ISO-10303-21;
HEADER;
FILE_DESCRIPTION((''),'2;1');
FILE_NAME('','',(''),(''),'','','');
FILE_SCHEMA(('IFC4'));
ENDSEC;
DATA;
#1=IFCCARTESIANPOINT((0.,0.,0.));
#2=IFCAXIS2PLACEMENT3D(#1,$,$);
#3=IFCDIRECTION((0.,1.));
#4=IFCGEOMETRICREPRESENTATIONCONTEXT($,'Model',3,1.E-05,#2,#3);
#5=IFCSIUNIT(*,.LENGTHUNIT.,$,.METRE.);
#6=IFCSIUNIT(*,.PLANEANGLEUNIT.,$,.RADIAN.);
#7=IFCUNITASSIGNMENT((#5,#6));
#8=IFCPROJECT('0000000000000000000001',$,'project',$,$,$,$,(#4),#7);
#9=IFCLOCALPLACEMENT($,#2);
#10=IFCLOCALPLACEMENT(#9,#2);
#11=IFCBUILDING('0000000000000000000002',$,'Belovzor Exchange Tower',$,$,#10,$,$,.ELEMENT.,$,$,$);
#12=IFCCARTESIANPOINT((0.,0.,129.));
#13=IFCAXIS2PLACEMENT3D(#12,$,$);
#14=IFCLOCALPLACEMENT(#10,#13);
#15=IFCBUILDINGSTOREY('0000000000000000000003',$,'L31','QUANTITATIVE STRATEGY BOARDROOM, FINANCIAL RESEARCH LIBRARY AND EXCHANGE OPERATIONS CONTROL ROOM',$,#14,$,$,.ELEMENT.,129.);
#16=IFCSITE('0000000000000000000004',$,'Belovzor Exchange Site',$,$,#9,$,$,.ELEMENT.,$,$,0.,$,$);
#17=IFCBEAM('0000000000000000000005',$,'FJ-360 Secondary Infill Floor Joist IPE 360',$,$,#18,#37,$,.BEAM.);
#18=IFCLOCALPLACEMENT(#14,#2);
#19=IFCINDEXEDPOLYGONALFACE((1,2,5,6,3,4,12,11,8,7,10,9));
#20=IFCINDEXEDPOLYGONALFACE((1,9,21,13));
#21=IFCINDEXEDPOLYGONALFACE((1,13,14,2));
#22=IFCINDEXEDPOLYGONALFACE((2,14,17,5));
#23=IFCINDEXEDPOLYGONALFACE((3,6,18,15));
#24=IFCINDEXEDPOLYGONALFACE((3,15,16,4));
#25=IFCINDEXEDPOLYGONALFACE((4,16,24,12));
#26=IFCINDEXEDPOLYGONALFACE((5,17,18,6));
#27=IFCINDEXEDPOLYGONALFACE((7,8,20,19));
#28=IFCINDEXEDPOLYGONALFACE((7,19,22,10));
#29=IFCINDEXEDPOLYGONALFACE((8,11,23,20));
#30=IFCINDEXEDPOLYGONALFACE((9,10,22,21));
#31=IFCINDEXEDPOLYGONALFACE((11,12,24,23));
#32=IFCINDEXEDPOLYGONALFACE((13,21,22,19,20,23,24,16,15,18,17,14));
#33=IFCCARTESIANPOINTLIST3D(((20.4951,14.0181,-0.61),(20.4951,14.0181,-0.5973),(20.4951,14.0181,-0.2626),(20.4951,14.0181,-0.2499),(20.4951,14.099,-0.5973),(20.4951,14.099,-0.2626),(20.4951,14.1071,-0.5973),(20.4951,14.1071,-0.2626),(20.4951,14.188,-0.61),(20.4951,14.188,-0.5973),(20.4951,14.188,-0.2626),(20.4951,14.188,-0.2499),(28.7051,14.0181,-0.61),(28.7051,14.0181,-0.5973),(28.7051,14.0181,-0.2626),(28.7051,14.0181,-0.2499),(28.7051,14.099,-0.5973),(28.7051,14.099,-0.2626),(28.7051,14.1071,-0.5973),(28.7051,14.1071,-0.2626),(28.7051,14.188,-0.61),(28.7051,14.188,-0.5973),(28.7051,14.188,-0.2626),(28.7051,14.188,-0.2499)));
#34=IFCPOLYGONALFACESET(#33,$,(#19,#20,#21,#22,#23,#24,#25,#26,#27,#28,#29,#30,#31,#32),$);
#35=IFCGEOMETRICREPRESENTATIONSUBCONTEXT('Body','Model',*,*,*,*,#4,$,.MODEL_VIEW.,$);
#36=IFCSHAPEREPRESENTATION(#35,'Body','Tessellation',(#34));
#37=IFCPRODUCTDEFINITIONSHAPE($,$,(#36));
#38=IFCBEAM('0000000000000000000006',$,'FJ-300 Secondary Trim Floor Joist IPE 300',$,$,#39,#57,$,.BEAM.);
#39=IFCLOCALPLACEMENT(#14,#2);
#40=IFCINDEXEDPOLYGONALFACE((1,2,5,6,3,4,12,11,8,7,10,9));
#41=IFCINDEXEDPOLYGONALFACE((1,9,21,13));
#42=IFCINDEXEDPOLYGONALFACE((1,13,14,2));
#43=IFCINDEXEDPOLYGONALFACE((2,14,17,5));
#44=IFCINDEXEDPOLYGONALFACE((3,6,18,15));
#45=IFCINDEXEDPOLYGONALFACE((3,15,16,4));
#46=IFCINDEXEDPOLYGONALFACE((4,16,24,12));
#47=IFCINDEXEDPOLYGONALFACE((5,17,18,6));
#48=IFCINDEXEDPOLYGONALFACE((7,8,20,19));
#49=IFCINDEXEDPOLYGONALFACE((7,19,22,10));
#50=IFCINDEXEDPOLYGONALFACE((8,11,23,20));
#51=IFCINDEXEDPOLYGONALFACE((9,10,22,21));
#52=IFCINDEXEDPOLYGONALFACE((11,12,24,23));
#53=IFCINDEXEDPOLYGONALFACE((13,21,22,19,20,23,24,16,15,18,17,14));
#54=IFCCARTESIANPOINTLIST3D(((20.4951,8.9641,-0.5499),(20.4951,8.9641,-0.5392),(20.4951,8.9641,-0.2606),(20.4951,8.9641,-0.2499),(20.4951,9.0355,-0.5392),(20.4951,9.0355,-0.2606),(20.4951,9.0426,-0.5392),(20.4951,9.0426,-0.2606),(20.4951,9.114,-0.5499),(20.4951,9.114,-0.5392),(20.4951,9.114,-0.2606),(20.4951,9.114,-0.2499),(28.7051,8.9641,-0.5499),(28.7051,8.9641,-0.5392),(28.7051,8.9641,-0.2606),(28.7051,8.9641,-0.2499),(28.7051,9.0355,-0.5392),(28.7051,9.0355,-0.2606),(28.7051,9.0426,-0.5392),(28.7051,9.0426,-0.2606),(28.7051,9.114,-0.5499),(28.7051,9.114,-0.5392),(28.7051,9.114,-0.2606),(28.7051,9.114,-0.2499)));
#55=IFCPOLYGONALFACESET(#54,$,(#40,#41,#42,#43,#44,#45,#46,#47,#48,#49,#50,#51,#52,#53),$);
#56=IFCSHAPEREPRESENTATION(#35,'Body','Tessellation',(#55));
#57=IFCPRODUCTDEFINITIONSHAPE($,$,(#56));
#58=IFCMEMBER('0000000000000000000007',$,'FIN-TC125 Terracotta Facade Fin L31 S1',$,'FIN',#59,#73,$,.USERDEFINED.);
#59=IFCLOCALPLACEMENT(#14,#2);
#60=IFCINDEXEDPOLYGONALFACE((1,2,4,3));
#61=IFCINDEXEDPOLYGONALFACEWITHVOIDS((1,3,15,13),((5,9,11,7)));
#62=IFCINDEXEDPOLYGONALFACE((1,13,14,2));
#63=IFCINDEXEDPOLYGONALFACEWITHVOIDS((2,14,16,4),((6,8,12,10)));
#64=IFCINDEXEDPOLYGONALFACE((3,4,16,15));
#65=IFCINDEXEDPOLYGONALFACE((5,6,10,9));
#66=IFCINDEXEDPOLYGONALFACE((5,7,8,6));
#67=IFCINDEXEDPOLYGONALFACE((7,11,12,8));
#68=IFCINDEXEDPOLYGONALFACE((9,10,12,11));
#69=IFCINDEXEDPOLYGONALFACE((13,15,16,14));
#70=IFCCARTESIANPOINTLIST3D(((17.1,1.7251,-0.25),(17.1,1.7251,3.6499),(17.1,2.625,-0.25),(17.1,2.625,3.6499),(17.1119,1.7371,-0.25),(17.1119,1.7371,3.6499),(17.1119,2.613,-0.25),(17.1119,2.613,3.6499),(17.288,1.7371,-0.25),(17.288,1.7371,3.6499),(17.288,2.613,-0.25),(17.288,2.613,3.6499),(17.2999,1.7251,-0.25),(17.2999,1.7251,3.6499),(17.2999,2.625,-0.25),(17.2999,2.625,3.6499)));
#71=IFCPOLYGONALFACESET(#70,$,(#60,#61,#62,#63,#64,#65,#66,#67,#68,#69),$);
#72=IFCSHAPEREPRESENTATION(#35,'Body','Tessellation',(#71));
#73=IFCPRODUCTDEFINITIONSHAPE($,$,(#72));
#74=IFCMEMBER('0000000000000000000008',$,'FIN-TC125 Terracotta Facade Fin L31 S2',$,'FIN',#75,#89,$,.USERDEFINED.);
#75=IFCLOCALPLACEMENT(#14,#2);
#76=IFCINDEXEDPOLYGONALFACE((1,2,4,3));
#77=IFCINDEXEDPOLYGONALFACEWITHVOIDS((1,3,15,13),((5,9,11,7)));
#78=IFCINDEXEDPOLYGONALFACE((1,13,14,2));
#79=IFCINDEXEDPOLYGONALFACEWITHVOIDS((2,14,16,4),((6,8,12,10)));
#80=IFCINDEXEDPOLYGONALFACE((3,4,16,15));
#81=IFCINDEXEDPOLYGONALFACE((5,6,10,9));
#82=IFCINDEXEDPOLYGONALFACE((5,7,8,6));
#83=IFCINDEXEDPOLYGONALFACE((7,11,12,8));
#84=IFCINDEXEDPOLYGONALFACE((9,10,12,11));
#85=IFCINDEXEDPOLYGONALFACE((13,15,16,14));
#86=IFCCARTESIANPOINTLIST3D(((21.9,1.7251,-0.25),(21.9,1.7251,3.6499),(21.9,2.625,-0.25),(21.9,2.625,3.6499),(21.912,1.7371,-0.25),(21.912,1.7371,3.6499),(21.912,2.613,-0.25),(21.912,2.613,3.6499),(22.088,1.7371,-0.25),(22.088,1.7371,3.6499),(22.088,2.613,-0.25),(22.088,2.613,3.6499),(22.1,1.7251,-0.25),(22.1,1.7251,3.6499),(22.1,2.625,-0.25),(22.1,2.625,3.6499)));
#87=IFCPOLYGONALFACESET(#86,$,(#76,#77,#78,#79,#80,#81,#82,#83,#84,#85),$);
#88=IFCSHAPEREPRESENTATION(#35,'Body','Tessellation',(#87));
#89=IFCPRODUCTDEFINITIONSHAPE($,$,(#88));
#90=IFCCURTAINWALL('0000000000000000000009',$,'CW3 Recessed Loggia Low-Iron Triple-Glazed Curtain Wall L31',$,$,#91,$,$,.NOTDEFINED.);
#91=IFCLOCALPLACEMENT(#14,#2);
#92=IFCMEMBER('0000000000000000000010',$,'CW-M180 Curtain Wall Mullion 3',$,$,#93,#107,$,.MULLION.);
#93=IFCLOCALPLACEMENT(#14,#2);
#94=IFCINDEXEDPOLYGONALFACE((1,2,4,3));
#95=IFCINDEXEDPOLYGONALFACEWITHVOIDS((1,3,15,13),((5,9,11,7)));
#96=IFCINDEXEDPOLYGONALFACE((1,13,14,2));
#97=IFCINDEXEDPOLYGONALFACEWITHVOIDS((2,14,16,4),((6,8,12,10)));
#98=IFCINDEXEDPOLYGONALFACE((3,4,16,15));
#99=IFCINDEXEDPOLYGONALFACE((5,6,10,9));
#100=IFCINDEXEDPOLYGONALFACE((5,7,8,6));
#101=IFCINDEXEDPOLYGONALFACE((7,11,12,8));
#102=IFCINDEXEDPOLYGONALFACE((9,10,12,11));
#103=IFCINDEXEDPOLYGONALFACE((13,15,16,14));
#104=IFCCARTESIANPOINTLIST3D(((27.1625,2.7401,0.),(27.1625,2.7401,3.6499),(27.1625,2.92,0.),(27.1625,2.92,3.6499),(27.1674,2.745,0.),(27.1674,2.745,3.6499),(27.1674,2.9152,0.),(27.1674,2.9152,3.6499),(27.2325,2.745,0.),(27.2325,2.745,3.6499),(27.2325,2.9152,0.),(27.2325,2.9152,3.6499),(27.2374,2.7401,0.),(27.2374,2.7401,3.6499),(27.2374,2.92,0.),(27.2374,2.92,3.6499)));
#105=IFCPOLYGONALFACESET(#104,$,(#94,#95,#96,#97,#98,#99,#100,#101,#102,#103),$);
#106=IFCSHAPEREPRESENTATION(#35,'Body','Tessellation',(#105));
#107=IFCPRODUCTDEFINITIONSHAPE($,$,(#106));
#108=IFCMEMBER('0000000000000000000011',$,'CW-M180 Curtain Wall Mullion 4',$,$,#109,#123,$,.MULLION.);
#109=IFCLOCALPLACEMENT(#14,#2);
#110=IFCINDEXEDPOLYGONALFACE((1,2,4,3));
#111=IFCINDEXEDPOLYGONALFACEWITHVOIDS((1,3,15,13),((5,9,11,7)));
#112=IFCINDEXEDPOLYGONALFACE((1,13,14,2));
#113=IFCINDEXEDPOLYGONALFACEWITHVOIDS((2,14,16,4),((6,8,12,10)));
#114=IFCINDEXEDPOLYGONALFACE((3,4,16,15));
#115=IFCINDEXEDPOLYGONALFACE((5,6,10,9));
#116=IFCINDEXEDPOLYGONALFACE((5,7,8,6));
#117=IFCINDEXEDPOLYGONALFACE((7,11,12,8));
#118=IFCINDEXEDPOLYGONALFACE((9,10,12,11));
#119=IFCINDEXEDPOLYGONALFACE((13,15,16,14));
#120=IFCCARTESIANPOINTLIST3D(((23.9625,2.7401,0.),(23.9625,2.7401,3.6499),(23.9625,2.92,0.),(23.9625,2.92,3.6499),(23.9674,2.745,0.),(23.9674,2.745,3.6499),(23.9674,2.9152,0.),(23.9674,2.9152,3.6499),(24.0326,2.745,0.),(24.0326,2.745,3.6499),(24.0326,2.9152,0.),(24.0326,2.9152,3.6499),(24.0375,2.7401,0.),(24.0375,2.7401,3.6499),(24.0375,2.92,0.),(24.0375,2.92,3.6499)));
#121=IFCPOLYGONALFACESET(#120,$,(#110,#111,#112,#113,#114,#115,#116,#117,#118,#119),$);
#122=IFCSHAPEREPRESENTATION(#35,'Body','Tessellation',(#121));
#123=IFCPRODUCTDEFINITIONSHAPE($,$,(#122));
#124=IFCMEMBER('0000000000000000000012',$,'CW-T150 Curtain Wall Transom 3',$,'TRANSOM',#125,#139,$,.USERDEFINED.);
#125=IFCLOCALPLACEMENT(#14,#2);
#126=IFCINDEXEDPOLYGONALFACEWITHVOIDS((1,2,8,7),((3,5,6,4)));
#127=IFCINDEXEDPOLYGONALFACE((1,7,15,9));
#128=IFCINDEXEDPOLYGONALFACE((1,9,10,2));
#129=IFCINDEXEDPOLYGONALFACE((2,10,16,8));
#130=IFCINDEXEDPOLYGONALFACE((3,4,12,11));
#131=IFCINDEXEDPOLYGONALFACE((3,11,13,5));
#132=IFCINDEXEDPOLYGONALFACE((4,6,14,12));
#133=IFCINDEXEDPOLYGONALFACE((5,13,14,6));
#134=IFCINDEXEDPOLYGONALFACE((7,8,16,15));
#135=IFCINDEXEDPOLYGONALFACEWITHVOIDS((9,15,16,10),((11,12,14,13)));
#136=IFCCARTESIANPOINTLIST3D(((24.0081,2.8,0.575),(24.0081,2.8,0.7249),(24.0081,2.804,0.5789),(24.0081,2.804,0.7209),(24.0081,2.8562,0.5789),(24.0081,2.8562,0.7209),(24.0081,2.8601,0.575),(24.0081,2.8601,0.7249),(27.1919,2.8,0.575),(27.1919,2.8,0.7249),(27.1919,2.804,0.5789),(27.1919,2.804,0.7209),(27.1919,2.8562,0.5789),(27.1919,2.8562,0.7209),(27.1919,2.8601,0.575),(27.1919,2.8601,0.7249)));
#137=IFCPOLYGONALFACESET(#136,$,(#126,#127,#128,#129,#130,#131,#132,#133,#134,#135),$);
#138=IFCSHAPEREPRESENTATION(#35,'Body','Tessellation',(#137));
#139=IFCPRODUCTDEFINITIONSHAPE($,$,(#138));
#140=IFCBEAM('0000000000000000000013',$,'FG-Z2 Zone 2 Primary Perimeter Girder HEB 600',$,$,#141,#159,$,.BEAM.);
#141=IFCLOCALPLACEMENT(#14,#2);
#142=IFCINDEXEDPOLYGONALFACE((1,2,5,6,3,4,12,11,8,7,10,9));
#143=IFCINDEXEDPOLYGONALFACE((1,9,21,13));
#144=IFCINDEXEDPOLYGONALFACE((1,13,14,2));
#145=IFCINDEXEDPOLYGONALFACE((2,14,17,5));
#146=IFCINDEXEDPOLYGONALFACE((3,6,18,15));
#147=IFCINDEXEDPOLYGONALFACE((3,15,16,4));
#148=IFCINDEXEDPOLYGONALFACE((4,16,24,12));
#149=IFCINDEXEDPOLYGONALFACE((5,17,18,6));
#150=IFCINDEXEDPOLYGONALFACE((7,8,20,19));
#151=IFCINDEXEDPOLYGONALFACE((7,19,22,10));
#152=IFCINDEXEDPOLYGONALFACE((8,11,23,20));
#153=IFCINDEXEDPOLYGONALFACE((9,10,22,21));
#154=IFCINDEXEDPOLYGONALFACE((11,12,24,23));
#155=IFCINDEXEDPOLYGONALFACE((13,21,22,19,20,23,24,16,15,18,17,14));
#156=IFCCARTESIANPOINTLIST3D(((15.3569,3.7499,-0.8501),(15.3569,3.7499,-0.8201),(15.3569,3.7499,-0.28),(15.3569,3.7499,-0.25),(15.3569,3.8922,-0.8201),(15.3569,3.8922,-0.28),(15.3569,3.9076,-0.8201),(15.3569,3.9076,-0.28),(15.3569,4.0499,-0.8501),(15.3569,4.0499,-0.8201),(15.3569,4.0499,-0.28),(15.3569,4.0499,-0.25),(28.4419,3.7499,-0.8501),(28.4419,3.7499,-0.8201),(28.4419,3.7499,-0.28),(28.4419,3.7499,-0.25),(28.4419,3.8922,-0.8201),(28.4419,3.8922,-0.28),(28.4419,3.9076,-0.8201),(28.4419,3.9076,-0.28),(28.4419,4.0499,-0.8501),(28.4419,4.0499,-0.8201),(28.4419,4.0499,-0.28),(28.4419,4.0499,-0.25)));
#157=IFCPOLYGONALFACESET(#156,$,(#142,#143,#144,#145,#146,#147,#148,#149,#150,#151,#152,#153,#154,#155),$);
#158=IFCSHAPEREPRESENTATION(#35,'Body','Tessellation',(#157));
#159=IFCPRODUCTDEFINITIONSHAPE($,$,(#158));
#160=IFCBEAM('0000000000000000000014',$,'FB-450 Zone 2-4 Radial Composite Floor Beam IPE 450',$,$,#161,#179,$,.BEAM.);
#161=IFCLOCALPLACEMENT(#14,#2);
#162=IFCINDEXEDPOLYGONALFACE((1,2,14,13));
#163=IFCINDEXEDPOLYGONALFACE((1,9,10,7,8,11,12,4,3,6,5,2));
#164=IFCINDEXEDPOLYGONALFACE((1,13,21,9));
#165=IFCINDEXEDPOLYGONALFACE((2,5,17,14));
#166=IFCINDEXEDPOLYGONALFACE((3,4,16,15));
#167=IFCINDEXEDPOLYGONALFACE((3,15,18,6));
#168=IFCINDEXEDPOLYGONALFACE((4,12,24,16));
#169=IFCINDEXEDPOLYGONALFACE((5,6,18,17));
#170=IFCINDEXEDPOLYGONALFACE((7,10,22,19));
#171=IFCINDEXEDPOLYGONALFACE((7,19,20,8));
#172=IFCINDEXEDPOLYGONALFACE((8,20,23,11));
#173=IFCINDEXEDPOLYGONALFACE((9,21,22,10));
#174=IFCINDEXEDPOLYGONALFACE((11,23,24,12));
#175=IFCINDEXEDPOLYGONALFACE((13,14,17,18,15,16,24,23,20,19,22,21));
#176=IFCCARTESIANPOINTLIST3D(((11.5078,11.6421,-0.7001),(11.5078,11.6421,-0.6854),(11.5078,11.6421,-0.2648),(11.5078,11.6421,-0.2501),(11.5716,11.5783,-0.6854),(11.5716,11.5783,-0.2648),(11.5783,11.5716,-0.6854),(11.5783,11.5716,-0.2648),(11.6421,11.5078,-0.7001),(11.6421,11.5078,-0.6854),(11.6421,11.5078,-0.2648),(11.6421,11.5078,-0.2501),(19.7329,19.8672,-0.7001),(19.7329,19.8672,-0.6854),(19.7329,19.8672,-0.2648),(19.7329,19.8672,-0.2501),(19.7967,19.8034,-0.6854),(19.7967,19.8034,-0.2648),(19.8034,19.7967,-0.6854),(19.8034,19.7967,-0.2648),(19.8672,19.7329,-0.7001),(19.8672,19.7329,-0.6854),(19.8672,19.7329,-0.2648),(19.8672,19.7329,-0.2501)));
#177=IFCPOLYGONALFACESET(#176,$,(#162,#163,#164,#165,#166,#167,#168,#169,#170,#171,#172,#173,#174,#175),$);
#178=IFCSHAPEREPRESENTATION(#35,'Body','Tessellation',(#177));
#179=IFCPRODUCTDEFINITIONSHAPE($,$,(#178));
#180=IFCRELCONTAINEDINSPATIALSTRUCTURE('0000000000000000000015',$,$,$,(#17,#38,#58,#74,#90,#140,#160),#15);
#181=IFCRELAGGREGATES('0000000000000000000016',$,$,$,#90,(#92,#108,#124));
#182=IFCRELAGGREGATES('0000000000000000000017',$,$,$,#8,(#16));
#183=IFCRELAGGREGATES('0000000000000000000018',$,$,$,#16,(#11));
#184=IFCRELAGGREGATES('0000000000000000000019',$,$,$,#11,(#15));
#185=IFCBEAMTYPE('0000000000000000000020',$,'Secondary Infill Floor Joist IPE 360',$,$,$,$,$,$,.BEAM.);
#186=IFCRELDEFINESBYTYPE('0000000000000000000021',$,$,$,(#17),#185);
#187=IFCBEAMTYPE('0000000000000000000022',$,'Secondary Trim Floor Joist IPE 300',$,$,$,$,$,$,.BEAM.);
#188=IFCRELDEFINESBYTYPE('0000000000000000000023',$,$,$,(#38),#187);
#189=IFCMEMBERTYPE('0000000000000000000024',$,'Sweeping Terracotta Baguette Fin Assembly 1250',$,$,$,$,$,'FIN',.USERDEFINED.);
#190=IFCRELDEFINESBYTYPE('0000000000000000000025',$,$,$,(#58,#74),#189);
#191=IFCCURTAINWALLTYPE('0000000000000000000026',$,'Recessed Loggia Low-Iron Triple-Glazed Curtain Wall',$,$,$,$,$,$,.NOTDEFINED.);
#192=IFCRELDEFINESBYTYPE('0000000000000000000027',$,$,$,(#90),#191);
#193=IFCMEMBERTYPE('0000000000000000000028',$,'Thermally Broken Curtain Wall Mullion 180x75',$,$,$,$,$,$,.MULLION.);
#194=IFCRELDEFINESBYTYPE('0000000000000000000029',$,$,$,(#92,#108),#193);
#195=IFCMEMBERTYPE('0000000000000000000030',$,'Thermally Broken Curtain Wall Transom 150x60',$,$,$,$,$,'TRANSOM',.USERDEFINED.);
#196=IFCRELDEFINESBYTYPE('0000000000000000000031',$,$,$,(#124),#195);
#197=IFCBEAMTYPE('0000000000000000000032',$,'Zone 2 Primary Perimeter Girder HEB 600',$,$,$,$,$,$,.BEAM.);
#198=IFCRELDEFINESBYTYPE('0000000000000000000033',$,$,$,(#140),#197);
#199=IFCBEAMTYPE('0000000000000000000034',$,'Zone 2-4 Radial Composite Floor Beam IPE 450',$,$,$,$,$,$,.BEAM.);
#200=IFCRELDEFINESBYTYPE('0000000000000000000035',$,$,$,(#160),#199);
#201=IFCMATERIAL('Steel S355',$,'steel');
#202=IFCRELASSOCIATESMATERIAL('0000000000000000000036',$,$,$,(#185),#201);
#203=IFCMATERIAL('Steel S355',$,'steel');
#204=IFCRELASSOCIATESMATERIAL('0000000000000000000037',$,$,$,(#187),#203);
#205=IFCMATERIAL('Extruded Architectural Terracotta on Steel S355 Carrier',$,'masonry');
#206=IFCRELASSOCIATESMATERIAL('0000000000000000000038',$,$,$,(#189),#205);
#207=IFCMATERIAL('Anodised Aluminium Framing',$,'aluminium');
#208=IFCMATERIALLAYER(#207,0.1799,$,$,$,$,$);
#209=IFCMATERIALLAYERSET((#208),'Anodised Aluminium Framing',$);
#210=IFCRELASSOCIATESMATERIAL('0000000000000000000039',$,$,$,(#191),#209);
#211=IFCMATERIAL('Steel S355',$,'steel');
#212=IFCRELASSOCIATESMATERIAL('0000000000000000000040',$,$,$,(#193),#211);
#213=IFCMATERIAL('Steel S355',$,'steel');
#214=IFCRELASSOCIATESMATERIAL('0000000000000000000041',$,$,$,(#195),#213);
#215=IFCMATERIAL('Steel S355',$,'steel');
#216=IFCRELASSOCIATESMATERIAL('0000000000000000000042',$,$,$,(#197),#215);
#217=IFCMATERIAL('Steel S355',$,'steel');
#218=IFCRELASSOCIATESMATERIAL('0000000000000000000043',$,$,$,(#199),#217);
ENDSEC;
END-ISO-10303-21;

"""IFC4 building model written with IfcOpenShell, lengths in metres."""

from ifc_helpers import new_model, si_unit, direction, frame, origin, origin_2d, place, context, subcontext, project, spatial, hollow_rectangle, i_section, extrude, material, layer, layer_set, material_profile, profile_set, type_object, element, aggregate, save


model = new_model("IFC4")

# Units and contexts
model_context = context("Model", 3, precision=1e-05, world=origin(), true_north=direction((0.0, 1.0)))
body_context = subcontext(model_context, "Body", "Model", "MODEL_VIEW")
ifc_project = project(units=[si_unit("LENGTHUNIT", "METRE"), si_unit("PLANEANGLEUNIT", "RADIAN")], contexts=[model_context])

# Site, building, storey
site_placement = place(None, origin())
site = spatial("IfcSite", under=ifc_project, at=site_placement, Name="Belovzor Exchange Site", CompositionType="ELEMENT", RefElevation=0.0)
building_placement = place(site_placement, origin())
building = spatial("IfcBuilding", under=site, at=building_placement, Name="Belovzor Exchange Tower", CompositionType="ELEMENT")
storey_placement = place(building_placement, frame((0.0, 0.0, 129.0)))
storey = spatial("IfcBuildingStorey", under=building, at=storey_placement, Name="L31", Description="QUANTITATIVE STRATEGY BOARDROOM, FINANCIAL RESEARCH LIBRARY AND EXCHANGE OPERATIONS CONTROL ROOM", CompositionType="ELEMENT", Elevation=129.0)

# Beams
ifc_material_1 = material(Name="Steel S355", Category="steel")
ifc_material_profile_1 = material_profile(ifc_material_1, i_section(OverallWidth=0.1699, OverallDepth=0.3601, WebThickness=0.0081, FlangeThickness=0.0127, at=origin_2d()))
ifc_profile_set_1 = profile_set([ifc_material_profile_1], Name="Steel S355")
beam_type_1 = type_object("IfcBeamType", Name="Secondary Infill Floor Joist IPE 360", PredefinedType="BEAM", material=ifc_profile_set_1)
beam_1_placement = place(storey_placement, frame((20.4951, 14.103, -0.4299), z_axis=(1.0, 0.0, 0.0), x_axis=(0.0, 1.0, 0.0)))
element("IfcBeam", 1, at=beam_1_placement, inside=storey, type_object=beam_type_1, Name="FJ-360 Secondary Infill Floor Joist IPE 360", PredefinedType="BEAM", context=body_context, shape_type="SweptSolid", body=[
    extrude(i_section(OverallWidth=0.1699, OverallDepth=0.3601, WebThickness=0.0081, FlangeThickness=0.0127, at=origin_2d()), origin(), (0.0, 0.0, 1.0), 8.21),
])
ifc_material_2 = material(Name="Steel S355", Category="steel")
ifc_material_profile_2 = material_profile(ifc_material_2, i_section(OverallWidth=0.1499, OverallDepth=0.3, WebThickness=0.0071, FlangeThickness=0.0107, at=origin_2d()))
ifc_profile_set_2 = profile_set([ifc_material_profile_2], Name="Steel S355")
beam_type_2 = type_object("IfcBeamType", Name="Secondary Trim Floor Joist IPE 300", PredefinedType="BEAM", material=ifc_profile_set_2)
beam_2_placement = place(storey_placement, frame((20.4951, 9.0391, -0.3999), z_axis=(1.0, 0.0, 0.0), x_axis=(0.0, 1.0, 0.0)))
element("IfcBeam", 2, at=beam_2_placement, inside=storey, type_object=beam_type_2, Name="FJ-300 Secondary Trim Floor Joist IPE 300", PredefinedType="BEAM", context=body_context, shape_type="SweptSolid", body=[
    extrude(i_section(OverallWidth=0.1499, OverallDepth=0.3, WebThickness=0.0071, FlangeThickness=0.0107, at=origin_2d()), origin(), (0.0, 0.0, 1.0), 8.21),
])

# Members
ifc_material_3 = material(Name="Extruded Architectural Terracotta on Steel S355 Carrier", Category="masonry")
ifc_material_profile_3 = material_profile(ifc_material_3, hollow_rectangle(XDim=0.2, YDim=0.8999, WallThickness=0.012, at=origin_2d()))
ifc_profile_set_3 = profile_set([ifc_material_profile_3], Name="Extruded Architectural Terracotta on Steel S355 Carrier")
member_type_1 = type_object("IfcMemberType", Name="Sweeping Terracotta Baguette Fin Assembly 1250", ElementType="FIN", PredefinedType="USERDEFINED", material=ifc_profile_set_3)
for number, where, z_axis, x_axis, name in (
    (3, (17.2, 2.175, -0.25), (0.0, 0.0, 1.0), (1.0, 0.0, 0.0), "FIN-TC125 Terracotta Facade Fin L31 S1"),
    (4, (22.0, 2.175, -0.25), (0.0, 0.0, 1.0), (1.0, 0.0, 0.0), "FIN-TC125 Terracotta Facade Fin L31 S2"),
):
    element("IfcMember", number, at=place(storey_placement, frame(where, z_axis=z_axis, x_axis=x_axis)), inside=storey, type_object=member_type_1, Name=name, ObjectType="FIN", PredefinedType="USERDEFINED", context=body_context, shape_type="SweptSolid", body=[
        extrude(hollow_rectangle(XDim=0.2, YDim=0.8999, WallThickness=0.012, at=origin_2d()), origin(), (0.0, 0.0, 1.0), 3.8999),
    ])

# Curtain wall, members
ifc_material_4 = material(Name="Anodised Aluminium Framing", Category="aluminium")
ifc_layer_1 = layer(ifc_material_4, 0.1799)
ifc_layer_set_1 = layer_set([ifc_layer_1], Name="Anodised Aluminium Framing")
curtain_wall_type = type_object("IfcCurtainWallType", Name="Recessed Loggia Low-Iron Triple-Glazed Curtain Wall", PredefinedType="NOTDEFINED", material=ifc_layer_set_1)
curtain_wall_placement = place(storey_placement, origin())
curtain_wall = element("IfcCurtainWall", 5, at=curtain_wall_placement, inside=storey, type_object=curtain_wall_type, Name="CW3 Recessed Loggia Low-Iron Triple-Glazed Curtain Wall L31", PredefinedType="NOTDEFINED")
ifc_material_5 = material(Name="Steel S355", Category="steel")
ifc_material_profile_4 = material_profile(ifc_material_5, hollow_rectangle(XDim=0.075, YDim=0.1799, WallThickness=0.0049, at=origin_2d()))
ifc_profile_set_4 = profile_set([ifc_material_profile_4], Name="Steel S355")
member_type_2 = type_object("IfcMemberType", Name="Thermally Broken Curtain Wall Mullion 180x75", PredefinedType="MULLION", material=ifc_profile_set_4)
member_1_placement = place(storey_placement, frame((27.2, 2.8301, 0.0), z_axis=(0.0, 0.0, 1.0), x_axis=(-1.0, 0.0, 0.0)))
member_1 = element("IfcMember", 6, at=member_1_placement, type_object=member_type_2, Name="CW-M180 Curtain Wall Mullion 3", PredefinedType="MULLION", context=body_context, shape_type="SweptSolid", body=[
    extrude(hollow_rectangle(XDim=0.075, YDim=0.1799, WallThickness=0.0049, at=origin_2d()), origin(), (0.0, 0.0, 1.0), 3.6499),
])
member_2_placement = place(storey_placement, frame((24.0, 2.8301, 0.0), z_axis=(0.0, 0.0, 1.0), x_axis=(-1.0, 0.0, 0.0)))
member_2 = element("IfcMember", 7, at=member_2_placement, type_object=member_type_2, Name="CW-M180 Curtain Wall Mullion 4", PredefinedType="MULLION", context=body_context, shape_type="SweptSolid", body=[
    extrude(hollow_rectangle(XDim=0.075, YDim=0.1799, WallThickness=0.0049, at=origin_2d()), origin(), (0.0, 0.0, 1.0), 3.6499),
])
ifc_material_6 = material(Name="Steel S355", Category="steel")
ifc_material_profile_5 = material_profile(ifc_material_6, hollow_rectangle(XDim=0.0601, YDim=0.1499, WallThickness=0.0039, at=origin_2d()))
ifc_profile_set_5 = profile_set([ifc_material_profile_5], Name="Steel S355")
member_type_3 = type_object("IfcMemberType", Name="Thermally Broken Curtain Wall Transom 150x60", ElementType="TRANSOM", PredefinedType="USERDEFINED", material=ifc_profile_set_5)
member_3_placement = place(storey_placement, frame((27.1919, 2.8301, 0.6499), z_axis=(-1.0, 0.0, 0.0), x_axis=(0.0, -1.0, 0.0)))
member_3 = element("IfcMember", 8, at=member_3_placement, type_object=member_type_3, Name="CW-T150 Curtain Wall Transom 3", ObjectType="TRANSOM", PredefinedType="USERDEFINED", context=body_context, shape_type="SweptSolid", body=[
    extrude(hollow_rectangle(XDim=0.0601, YDim=0.1499, WallThickness=0.0039, at=origin_2d()), origin(), (0.0, 0.0, 1.0), 3.1838),
])

# Beams
ifc_material_7 = material(Name="Steel S355", Category="steel")
ifc_material_profile_6 = material_profile(ifc_material_7, i_section(OverallWidth=0.3, OverallDepth=0.6001, WebThickness=0.0154, FlangeThickness=0.03, at=origin_2d()))
ifc_profile_set_6 = profile_set([ifc_material_profile_6], Name="Steel S355")
beam_type_3 = type_object("IfcBeamType", Name="Zone 2 Primary Perimeter Girder HEB 600", PredefinedType="BEAM", material=ifc_profile_set_6)
beam_3_placement = place(storey_placement, frame((15.3569, 3.8999, -0.55), z_axis=(1.0, 0.0, 0.0), x_axis=(0.0, 1.0, 0.0)))
element("IfcBeam", 9, at=beam_3_placement, inside=storey, type_object=beam_type_3, Name="FG-Z2 Zone 2 Primary Perimeter Girder HEB 600", PredefinedType="BEAM", context=body_context, shape_type="SweptSolid", body=[
    extrude(i_section(OverallWidth=0.3, OverallDepth=0.6001, WebThickness=0.0154, FlangeThickness=0.03, at=origin_2d()), origin(), (0.0, 0.0, 1.0), 13.085),
])
ifc_material_8 = material(Name="Steel S355", Category="steel")
ifc_material_profile_7 = material_profile(ifc_material_8, i_section(OverallWidth=0.1899, OverallDepth=0.45, WebThickness=0.0095, FlangeThickness=0.0146, at=origin_2d()))
ifc_profile_set_7 = profile_set([ifc_material_profile_7], Name="Steel S355")
beam_type_4 = type_object("IfcBeamType", Name="Zone 2-4 Radial Composite Floor Beam IPE 450", PredefinedType="BEAM", material=ifc_profile_set_7)
beam_4_placement = place(storey_placement, frame((19.8, 19.8, -0.4751), z_axis=(-0.707107, -0.707107, 0.0), x_axis=(0.707107, -0.707107, 0.0)))
element("IfcBeam", 10, at=beam_4_placement, inside=storey, type_object=beam_type_4, Name="FB-450 Zone 2-4 Radial Composite Floor Beam IPE 450", PredefinedType="BEAM", context=body_context, shape_type="SweptSolid", body=[
    extrude(i_section(OverallWidth=0.1899, OverallDepth=0.45, WebThickness=0.0095, FlangeThickness=0.0146, at=origin_2d()), origin(), (0.0, 0.0, 1.0), 11.6321),
])

aggregate(curtain_wall, [member_1, member_2, member_3])

save(model, "model.ifc")
